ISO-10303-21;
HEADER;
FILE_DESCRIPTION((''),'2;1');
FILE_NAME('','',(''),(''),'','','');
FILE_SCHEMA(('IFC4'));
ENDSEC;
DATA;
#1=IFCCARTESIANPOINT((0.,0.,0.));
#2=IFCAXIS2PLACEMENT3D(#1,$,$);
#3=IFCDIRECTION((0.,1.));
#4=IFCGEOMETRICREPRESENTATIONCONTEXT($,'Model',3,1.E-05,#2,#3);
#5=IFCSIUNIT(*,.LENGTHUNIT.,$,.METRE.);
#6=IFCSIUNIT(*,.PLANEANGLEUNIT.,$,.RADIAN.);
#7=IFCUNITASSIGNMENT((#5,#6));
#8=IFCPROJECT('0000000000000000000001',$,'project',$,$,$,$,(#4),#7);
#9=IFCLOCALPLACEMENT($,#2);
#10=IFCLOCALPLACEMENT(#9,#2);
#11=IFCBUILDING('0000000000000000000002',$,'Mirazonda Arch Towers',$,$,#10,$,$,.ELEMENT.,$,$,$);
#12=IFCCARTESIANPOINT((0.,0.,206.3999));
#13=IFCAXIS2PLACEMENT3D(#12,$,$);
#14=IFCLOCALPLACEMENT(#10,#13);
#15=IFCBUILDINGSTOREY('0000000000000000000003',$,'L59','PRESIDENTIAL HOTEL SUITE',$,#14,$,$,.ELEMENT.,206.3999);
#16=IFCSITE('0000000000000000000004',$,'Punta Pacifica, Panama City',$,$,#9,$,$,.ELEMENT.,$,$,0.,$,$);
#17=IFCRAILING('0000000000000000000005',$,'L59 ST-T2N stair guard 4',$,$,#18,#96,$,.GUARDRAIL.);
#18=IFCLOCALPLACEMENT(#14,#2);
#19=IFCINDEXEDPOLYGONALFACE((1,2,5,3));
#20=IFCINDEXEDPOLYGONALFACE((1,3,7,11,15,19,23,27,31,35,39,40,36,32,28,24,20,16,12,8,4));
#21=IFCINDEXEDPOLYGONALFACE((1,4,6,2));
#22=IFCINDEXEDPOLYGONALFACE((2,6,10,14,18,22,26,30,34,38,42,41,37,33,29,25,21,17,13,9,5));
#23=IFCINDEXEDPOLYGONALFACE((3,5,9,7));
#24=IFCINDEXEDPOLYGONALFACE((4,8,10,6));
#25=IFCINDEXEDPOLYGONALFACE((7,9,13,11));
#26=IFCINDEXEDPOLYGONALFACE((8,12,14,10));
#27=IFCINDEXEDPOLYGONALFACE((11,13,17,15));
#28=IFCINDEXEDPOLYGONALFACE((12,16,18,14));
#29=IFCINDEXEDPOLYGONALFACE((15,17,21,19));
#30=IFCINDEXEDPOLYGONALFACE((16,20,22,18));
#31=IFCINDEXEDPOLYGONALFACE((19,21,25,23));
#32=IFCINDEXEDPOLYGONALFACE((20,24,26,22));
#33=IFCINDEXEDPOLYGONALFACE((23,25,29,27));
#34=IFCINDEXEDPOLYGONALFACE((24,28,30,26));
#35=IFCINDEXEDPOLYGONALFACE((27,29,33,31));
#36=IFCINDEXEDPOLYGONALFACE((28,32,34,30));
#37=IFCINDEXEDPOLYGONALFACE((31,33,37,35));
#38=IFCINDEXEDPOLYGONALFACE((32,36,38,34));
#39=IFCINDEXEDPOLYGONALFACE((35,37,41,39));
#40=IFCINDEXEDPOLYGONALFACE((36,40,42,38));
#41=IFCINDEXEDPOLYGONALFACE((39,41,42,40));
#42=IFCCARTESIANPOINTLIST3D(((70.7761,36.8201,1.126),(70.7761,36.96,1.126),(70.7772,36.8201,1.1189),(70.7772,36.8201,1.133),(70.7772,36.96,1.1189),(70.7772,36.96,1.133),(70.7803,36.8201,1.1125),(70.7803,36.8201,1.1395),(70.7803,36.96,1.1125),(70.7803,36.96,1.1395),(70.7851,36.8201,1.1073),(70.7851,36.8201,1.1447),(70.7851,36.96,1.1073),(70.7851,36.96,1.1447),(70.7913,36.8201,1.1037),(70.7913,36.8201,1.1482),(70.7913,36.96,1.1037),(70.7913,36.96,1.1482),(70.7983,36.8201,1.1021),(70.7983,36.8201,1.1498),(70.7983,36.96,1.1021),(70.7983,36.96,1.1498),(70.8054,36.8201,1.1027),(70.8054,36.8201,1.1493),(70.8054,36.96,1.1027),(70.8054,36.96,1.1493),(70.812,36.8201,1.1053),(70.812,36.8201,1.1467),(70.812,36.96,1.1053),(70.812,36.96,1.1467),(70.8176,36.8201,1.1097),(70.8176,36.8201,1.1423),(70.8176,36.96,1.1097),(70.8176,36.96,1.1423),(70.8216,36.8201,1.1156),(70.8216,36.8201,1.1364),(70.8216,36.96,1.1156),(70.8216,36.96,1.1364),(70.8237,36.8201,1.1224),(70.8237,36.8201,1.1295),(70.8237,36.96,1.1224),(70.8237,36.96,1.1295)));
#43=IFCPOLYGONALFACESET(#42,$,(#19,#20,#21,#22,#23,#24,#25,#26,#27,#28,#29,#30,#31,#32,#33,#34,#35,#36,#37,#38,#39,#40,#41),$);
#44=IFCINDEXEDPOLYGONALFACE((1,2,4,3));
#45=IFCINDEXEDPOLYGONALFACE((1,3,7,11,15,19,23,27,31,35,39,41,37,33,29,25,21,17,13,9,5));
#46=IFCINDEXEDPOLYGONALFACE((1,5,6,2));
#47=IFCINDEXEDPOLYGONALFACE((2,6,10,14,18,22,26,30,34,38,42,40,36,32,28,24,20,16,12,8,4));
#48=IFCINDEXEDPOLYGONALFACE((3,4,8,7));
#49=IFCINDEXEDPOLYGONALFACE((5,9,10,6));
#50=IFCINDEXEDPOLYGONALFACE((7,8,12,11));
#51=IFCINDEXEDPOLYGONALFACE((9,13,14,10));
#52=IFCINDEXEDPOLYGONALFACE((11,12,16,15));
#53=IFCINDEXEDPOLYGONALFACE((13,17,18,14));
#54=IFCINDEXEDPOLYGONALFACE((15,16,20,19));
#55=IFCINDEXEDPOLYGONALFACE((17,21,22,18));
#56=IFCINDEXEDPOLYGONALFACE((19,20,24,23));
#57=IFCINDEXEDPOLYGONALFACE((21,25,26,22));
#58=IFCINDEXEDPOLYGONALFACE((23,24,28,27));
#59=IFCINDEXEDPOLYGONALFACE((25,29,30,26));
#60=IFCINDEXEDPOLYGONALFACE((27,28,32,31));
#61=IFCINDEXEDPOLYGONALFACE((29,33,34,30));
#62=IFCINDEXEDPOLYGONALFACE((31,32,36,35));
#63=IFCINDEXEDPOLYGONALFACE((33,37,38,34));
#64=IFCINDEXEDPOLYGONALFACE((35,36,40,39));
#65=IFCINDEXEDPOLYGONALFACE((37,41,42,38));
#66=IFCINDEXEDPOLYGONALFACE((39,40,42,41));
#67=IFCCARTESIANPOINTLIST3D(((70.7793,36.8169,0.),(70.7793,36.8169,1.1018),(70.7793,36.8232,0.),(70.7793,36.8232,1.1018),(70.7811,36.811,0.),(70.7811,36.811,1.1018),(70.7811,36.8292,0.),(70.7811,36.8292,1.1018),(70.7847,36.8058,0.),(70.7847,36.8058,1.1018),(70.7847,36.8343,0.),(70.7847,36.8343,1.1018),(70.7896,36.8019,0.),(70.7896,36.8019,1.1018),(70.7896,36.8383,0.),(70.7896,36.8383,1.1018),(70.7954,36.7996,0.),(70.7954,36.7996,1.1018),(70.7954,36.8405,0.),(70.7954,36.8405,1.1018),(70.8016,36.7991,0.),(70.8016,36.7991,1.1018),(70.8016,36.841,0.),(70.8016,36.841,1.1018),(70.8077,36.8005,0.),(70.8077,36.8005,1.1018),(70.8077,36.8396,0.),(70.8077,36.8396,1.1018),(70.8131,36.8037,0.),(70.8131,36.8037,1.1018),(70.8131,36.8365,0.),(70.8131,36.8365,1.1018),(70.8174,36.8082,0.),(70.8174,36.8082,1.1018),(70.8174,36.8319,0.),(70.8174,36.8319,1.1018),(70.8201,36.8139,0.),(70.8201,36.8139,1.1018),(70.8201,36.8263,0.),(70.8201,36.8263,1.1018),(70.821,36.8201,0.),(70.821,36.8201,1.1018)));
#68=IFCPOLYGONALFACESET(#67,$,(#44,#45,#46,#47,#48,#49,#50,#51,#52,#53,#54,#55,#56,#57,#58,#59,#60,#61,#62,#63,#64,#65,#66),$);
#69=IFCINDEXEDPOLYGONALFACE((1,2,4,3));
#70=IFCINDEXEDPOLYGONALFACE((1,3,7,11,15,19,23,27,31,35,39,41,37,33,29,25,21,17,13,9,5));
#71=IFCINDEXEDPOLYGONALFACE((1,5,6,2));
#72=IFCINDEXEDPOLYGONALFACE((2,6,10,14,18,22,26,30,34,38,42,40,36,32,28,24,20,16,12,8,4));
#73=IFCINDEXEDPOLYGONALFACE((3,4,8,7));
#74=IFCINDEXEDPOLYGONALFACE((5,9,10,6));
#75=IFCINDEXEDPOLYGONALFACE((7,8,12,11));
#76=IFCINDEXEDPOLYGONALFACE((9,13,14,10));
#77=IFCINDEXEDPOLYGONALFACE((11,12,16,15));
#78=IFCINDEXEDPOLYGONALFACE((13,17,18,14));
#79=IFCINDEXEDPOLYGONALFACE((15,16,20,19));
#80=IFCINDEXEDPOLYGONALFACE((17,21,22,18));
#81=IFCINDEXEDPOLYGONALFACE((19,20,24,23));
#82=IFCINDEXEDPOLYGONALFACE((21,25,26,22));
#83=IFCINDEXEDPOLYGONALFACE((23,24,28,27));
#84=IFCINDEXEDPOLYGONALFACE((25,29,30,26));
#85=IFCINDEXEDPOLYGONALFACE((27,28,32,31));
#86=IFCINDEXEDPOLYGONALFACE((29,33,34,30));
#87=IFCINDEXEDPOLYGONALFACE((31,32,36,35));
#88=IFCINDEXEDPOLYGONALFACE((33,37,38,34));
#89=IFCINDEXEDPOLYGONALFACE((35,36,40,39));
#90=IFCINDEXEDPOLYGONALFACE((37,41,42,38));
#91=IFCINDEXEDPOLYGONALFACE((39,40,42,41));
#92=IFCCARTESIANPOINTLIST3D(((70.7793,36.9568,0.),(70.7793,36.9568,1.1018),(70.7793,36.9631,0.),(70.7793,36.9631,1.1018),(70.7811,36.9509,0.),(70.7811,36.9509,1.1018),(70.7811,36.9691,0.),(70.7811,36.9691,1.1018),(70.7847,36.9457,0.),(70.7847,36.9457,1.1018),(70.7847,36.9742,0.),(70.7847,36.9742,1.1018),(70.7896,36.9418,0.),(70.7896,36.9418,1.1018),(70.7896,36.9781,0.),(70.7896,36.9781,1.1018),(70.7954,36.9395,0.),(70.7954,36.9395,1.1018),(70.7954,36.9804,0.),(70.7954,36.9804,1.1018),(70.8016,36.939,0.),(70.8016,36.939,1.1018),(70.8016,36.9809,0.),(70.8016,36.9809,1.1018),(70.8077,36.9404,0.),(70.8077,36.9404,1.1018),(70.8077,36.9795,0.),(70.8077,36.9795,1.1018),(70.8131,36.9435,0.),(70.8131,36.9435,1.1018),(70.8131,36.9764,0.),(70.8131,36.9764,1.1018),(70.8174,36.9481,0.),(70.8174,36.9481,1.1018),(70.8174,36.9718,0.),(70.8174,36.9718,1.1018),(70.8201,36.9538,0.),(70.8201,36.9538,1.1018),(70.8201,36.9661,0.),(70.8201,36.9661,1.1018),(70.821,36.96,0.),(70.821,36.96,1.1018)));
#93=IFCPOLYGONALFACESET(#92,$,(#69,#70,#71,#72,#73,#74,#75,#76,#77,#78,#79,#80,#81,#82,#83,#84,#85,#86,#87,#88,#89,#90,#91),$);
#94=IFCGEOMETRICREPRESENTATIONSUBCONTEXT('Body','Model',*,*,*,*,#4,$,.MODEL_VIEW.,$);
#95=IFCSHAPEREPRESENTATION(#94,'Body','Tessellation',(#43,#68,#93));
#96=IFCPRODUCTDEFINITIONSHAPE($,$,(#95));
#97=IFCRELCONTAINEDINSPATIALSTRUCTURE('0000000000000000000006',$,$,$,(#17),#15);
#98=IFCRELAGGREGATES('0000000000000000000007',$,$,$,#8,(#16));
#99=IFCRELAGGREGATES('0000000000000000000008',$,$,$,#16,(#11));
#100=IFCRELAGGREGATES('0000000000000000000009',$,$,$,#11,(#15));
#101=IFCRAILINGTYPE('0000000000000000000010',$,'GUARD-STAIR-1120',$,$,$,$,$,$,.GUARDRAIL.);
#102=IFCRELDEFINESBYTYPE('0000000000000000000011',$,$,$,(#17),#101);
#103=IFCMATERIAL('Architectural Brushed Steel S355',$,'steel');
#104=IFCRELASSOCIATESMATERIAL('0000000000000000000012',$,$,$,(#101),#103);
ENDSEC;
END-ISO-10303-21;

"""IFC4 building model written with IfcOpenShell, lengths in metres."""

from ifc_helpers import new_model, si_unit, direction, frame, origin, origin_2d, place, context, subcontext, project, spatial, circle, extrude, material, type_object, element, save


model = new_model("IFC4")

# Units and contexts
model_context = context("Model", 3, precision=1e-05, world=origin(), true_north=direction((0.0, 1.0)))
body_context = subcontext(model_context, "Body", "Model", "MODEL_VIEW")
ifc_project = project(units=[si_unit("LENGTHUNIT", "METRE"), si_unit("PLANEANGLEUNIT", "RADIAN")], contexts=[model_context])

# Site, building, storey
site_placement = place(None, origin())
site = spatial("IfcSite", under=ifc_project, at=site_placement, Name="Punta Pacifica, Panama City", CompositionType="ELEMENT", RefElevation=0.0)
building_placement = place(site_placement, origin())
building = spatial("IfcBuilding", under=site, at=building_placement, Name="Mirazonda Arch Towers", CompositionType="ELEMENT")
storey_placement = place(building_placement, frame((0.0, 0.0, 206.3999)))
storey = spatial("IfcBuildingStorey", under=building, at=storey_placement, Name="L59", Description="PRESIDENTIAL HOTEL SUITE", CompositionType="ELEMENT", Elevation=206.3999)

# Railing
ifc_material_1 = material(Name="Architectural Brushed Steel S355", Category="steel")
railing_type_1 = type_object("IfcRailingType", Name="GUARD-STAIR-1120", PredefinedType="GUARDRAIL", material=ifc_material_1)
railing_1_placement = place(storey_placement, frame((70.8, 36.8201, 0.0)))
element("IfcRailing", 1, at=railing_1_placement, inside=storey, type_object=railing_type_1, Name="L59 ST-T2N stair guard 4", PredefinedType="GUARDRAIL", context=body_context, shape_type="SweptSolid", body=[
    extrude(circle(Radius=0.0239, at=origin_2d()), frame((0.0, 0.0, 1.126), z_axis=(0.0, 1.0, 0.0), x_axis=(-1.0, 0.0, 0.0)), (0.0, 0.0, 1.0), 0.1399),
    extrude(circle(Radius=0.021, at=origin_2d()), origin(), (0.0, 0.0, 1.0), 1.1018),
    extrude(circle(Radius=0.021, at=origin_2d()), frame((0.0, 0.1399, 0.0)), (0.0, 0.0, 1.0), 1.1018),
])

save(model, "model.ifc")
